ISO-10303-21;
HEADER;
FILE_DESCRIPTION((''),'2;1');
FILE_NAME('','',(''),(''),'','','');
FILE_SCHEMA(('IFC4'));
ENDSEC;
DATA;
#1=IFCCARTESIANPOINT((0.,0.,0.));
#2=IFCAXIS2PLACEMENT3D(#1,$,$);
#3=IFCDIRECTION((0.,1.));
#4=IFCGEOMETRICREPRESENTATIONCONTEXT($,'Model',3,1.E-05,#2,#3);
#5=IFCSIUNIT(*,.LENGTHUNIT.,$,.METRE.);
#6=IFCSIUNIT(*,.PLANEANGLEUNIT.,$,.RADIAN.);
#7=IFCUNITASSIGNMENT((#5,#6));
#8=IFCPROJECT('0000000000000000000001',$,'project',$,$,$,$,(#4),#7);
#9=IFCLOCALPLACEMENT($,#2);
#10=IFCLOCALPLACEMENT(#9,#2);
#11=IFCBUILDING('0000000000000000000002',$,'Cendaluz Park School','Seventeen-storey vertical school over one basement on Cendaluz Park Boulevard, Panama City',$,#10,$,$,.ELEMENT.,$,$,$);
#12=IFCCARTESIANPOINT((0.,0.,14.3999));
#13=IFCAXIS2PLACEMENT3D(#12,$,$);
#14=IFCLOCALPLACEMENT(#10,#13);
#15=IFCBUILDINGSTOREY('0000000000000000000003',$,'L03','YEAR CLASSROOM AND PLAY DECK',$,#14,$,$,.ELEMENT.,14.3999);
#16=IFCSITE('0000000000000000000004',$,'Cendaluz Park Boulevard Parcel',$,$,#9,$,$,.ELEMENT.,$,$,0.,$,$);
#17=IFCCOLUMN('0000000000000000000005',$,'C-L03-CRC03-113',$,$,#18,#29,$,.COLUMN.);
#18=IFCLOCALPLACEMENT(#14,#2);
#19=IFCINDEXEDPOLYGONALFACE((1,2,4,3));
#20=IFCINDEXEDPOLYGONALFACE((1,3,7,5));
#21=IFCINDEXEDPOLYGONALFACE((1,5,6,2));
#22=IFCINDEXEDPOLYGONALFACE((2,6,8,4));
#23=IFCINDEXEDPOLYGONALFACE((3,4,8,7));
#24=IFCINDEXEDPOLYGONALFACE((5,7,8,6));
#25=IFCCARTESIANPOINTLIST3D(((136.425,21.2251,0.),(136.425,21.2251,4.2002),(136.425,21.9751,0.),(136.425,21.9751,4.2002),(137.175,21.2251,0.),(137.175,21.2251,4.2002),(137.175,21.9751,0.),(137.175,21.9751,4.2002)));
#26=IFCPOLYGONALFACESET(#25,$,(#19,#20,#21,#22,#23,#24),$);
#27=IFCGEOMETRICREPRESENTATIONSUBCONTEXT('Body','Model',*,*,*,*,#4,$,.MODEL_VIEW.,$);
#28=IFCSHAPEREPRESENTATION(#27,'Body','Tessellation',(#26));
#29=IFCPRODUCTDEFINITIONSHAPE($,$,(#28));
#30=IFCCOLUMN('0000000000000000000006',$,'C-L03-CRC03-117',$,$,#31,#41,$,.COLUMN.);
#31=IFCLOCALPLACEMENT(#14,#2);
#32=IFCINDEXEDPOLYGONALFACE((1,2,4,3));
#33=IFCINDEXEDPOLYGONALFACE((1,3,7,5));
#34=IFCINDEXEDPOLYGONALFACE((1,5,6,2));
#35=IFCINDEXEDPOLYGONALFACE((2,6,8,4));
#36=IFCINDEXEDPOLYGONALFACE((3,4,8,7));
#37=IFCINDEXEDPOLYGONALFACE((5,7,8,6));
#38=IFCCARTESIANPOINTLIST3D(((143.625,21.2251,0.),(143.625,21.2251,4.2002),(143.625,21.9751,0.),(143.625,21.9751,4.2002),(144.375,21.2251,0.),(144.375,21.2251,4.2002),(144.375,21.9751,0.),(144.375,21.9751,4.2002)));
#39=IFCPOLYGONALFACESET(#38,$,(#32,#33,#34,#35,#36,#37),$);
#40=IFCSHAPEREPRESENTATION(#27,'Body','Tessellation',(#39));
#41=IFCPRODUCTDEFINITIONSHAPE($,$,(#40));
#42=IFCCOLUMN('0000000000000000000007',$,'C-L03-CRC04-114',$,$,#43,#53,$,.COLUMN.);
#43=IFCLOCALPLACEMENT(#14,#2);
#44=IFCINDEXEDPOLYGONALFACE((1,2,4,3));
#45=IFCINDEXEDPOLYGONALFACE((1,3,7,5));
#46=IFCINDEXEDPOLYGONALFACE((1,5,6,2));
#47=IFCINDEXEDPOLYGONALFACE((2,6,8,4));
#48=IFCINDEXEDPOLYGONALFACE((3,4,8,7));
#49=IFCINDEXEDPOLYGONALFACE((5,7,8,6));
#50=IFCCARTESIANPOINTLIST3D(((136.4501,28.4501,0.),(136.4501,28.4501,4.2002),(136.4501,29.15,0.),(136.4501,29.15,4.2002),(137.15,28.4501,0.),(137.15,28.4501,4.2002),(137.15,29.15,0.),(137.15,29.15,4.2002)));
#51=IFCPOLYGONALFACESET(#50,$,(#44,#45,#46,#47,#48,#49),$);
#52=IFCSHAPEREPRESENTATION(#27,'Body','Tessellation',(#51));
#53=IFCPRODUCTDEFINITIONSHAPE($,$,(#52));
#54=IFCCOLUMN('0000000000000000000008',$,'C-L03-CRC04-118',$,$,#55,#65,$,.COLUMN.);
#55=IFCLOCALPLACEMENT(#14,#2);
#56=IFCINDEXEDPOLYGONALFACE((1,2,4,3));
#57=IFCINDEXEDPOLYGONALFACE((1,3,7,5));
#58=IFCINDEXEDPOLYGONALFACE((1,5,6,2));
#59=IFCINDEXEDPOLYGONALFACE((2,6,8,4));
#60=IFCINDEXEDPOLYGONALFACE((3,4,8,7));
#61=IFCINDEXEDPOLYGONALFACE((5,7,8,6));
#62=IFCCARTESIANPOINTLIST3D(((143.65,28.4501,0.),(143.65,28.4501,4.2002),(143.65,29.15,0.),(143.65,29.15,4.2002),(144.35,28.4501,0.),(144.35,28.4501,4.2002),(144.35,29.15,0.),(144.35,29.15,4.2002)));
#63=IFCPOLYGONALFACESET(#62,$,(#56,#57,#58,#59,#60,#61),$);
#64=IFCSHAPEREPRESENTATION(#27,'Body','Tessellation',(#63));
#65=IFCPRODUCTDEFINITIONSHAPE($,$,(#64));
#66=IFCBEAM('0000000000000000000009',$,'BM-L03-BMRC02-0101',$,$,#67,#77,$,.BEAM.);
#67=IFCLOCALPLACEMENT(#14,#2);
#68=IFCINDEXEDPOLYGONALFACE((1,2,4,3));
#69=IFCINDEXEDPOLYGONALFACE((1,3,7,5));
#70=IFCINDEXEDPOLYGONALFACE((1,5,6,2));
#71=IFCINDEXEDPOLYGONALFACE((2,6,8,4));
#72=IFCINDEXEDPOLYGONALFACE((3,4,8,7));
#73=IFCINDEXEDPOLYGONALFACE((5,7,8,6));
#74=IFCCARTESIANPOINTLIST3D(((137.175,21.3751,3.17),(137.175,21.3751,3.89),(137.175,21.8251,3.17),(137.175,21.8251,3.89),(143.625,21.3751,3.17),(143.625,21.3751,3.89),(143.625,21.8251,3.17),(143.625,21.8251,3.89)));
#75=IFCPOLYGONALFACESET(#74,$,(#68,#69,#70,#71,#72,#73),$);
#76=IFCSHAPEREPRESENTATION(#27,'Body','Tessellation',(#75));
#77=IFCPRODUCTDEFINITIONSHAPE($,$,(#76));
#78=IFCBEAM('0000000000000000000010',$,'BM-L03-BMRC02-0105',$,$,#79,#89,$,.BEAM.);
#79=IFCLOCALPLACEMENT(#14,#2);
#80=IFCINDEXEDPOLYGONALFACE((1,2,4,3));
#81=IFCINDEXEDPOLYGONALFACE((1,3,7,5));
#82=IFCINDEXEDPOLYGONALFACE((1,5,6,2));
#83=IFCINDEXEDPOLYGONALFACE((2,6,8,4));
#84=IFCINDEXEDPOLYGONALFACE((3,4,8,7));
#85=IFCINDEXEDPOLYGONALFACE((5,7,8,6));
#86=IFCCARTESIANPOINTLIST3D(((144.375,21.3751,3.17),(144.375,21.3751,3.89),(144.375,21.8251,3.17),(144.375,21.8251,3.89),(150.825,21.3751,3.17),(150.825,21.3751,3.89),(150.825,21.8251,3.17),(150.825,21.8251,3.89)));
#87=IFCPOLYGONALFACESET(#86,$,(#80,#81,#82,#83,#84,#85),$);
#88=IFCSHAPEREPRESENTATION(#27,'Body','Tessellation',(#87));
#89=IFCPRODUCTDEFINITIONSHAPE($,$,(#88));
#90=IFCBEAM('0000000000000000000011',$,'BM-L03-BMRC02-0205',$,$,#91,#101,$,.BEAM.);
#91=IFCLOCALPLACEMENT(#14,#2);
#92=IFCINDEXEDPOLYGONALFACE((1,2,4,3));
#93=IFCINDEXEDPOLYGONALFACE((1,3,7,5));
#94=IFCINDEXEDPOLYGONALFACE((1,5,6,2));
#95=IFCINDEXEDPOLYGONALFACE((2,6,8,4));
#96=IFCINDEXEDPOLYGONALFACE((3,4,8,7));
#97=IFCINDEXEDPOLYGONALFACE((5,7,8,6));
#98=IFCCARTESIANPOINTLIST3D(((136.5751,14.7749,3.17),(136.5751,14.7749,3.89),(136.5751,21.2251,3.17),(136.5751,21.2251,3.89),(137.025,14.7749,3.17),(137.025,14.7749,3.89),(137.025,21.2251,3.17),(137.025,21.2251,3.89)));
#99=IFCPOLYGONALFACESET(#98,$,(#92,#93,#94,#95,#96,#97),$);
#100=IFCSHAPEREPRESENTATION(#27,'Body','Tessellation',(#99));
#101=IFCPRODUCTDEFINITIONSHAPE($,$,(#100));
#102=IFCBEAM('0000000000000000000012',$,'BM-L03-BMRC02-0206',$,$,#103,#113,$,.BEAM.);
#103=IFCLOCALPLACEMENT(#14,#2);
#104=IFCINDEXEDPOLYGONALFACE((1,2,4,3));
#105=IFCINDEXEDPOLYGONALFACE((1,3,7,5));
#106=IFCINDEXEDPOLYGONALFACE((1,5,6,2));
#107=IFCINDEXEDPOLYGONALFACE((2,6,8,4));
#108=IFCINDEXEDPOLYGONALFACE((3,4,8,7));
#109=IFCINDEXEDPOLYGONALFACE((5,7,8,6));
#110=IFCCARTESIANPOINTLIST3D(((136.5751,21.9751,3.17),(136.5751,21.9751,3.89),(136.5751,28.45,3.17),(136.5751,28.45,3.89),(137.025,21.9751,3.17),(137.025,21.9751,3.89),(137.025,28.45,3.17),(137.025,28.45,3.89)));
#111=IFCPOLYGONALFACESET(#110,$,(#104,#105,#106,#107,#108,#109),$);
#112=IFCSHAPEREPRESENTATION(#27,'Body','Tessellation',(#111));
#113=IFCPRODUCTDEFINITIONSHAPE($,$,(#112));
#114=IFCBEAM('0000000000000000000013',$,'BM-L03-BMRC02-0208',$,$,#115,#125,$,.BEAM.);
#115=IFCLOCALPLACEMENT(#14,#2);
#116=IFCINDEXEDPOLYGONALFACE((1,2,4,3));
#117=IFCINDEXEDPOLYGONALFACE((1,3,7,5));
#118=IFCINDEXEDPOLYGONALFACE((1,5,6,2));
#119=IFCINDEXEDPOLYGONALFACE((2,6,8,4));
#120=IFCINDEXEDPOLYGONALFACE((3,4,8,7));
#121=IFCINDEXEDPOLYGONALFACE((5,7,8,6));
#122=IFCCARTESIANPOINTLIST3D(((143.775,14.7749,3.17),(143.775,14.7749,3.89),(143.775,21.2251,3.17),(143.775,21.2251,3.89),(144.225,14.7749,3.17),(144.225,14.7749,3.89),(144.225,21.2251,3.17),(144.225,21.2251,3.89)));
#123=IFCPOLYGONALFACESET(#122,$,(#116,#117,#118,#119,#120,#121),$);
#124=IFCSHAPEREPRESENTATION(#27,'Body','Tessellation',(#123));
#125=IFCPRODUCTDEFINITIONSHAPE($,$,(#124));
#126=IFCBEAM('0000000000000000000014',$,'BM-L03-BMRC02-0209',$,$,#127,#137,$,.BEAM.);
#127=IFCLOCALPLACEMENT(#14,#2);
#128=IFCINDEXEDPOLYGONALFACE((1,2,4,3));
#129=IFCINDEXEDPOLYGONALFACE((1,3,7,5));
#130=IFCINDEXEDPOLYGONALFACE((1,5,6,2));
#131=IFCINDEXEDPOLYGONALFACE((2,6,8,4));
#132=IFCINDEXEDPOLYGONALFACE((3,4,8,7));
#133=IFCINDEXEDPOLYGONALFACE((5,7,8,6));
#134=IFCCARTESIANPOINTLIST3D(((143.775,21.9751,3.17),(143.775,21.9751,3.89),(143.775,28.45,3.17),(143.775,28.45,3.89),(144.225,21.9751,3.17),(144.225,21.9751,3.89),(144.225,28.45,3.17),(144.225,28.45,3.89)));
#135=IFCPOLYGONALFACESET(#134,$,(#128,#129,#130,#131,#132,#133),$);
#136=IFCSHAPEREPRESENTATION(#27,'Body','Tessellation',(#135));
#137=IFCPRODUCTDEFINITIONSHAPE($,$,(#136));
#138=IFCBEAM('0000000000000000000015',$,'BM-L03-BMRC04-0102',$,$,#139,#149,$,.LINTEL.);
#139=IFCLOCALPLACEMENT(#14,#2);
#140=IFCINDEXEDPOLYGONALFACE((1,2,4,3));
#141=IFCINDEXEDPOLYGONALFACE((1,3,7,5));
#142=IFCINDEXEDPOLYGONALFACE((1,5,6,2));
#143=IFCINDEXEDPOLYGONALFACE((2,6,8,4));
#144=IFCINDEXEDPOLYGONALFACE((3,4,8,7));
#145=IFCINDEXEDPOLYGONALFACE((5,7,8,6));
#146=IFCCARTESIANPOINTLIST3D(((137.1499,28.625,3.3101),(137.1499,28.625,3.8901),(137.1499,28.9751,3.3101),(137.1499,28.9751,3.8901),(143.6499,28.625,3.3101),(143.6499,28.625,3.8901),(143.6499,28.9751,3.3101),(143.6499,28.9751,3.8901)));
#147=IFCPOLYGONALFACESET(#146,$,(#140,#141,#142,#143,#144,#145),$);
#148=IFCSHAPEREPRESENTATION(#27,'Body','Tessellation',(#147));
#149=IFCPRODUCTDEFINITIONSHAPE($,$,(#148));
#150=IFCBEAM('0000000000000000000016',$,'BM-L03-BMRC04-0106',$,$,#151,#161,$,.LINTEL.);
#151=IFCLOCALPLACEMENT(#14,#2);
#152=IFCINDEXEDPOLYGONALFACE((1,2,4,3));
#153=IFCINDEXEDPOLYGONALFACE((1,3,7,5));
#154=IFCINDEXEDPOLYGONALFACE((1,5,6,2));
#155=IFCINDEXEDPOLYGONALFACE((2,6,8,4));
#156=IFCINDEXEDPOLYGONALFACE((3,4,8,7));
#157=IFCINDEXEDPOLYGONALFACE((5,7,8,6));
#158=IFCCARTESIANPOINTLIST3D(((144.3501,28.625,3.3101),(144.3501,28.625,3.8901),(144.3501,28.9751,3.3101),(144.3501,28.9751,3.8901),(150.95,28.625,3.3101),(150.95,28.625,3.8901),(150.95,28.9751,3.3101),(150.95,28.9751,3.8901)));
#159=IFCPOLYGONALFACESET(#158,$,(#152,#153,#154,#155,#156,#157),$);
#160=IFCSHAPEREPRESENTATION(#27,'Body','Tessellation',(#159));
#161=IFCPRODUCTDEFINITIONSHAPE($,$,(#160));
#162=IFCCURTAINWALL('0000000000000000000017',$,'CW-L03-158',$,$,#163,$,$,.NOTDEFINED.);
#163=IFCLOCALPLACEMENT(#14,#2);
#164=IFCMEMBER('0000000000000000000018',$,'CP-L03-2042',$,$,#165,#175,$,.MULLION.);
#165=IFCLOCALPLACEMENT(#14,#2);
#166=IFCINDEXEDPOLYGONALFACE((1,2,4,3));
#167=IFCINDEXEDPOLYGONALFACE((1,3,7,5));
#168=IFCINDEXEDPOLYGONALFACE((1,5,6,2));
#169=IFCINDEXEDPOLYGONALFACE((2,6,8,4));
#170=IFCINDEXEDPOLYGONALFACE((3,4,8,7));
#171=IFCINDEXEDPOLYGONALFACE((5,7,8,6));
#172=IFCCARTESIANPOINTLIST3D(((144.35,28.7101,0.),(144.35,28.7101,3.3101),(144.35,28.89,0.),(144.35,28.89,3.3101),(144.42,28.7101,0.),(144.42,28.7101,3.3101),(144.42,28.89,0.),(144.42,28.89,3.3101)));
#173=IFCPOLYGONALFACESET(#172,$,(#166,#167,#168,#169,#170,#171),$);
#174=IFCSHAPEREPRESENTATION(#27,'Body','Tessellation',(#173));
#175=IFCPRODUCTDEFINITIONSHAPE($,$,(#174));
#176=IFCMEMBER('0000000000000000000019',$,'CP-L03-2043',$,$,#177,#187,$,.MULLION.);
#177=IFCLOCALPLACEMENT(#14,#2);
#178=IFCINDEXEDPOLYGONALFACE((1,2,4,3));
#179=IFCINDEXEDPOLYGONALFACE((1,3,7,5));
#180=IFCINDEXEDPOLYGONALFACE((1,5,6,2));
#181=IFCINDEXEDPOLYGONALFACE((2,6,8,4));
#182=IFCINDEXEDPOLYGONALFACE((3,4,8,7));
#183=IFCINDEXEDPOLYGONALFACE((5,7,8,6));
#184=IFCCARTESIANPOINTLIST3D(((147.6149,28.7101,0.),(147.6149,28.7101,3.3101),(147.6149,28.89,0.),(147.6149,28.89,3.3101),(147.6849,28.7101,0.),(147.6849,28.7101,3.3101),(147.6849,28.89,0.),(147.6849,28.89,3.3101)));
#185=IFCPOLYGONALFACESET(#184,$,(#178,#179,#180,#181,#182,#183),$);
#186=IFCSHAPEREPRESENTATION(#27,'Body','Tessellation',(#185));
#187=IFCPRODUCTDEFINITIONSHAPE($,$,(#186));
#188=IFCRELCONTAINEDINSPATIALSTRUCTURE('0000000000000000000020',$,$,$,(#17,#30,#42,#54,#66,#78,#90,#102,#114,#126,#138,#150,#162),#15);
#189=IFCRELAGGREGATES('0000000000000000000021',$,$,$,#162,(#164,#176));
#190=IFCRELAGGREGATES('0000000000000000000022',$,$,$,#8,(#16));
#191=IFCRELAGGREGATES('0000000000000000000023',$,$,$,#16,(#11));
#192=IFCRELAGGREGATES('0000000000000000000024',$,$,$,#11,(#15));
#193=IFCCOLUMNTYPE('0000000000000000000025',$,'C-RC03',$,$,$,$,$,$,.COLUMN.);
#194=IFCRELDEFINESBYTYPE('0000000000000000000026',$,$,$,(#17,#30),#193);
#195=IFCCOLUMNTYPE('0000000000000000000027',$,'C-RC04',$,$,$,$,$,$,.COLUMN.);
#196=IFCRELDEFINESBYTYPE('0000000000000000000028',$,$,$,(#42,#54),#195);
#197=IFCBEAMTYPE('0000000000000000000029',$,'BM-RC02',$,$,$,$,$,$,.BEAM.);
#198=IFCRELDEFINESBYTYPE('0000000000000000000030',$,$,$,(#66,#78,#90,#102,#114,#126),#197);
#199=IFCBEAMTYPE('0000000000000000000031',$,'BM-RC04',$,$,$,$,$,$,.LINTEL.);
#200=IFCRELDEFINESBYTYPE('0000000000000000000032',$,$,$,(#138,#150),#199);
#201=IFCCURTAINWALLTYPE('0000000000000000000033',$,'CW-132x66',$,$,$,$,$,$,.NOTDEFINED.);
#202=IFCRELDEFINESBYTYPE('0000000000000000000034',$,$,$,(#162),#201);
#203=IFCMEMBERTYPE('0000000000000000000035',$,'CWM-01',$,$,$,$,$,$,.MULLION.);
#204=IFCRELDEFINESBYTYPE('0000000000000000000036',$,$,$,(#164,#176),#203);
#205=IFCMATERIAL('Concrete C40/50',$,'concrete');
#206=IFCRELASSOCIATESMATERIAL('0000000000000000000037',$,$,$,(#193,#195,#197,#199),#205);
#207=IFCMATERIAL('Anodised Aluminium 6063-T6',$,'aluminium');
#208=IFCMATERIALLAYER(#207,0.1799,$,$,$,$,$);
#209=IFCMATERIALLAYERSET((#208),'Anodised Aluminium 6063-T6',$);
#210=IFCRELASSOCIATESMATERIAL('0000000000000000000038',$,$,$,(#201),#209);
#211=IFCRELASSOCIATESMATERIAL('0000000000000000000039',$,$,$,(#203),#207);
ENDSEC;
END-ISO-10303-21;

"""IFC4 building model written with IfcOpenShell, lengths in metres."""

from ifc_helpers import new_model, si_unit, direction, frame, origin, origin_2d, place, context, subcontext, project, spatial, rectangle, extrude, material, layer, layer_set, material_profile, profile_set, type_object, element, aggregate, save


model = new_model("IFC4")

# Units and contexts
model_context = context("Model", 3, precision=1e-05, world=origin(), true_north=direction((0.0, 1.0)))
body_context = subcontext(model_context, "Body", "Model", "MODEL_VIEW")
ifc_project = project(units=[si_unit("LENGTHUNIT", "METRE"), si_unit("PLANEANGLEUNIT", "RADIAN")], contexts=[model_context])

# Site, building, storey
site_placement = place(None, origin())
site = spatial("IfcSite", under=ifc_project, at=site_placement, Name="Cendaluz Park Boulevard Parcel", CompositionType="ELEMENT", RefElevation=0.0)
building_placement = place(site_placement, origin())
building = spatial("IfcBuilding", under=site, at=building_placement, Name="Cendaluz Park School", Description="Seventeen-storey vertical school over one basement on Cendaluz Park Boulevard, Panama City", CompositionType="ELEMENT")
storey_placement = place(building_placement, frame((0.0, 0.0, 14.3999)))
storey = spatial("IfcBuildingStorey", under=building, at=storey_placement, Name="L03", Description="YEAR CLASSROOM AND PLAY DECK", CompositionType="ELEMENT", Elevation=14.3999)

# Columns
ifc_material_1 = material(Name="Concrete C40/50", Category="concrete")
ifc_material_profile_1 = material_profile(ifc_material_1, rectangle(XDim=0.75, YDim=0.75, at=origin_2d()), Name="RC 750x750", Category="concrete")
ifc_profile_set_1 = profile_set([ifc_material_profile_1], Name="Concrete C40/50")
column_type_1 = type_object("IfcColumnType", Name="C-RC03", PredefinedType="COLUMN", material=ifc_profile_set_1)
for number, where, z_axis, x_axis, name in (
    (1, (136.8, 21.6001, 0.0), (0.0, 0.0, 1.0), (1.0, 0.0, 0.0), "C-L03-CRC03-113"),
    (2, (144.0, 21.6001, 0.0), (0.0, 0.0, 1.0), (1.0, 0.0, 0.0), "C-L03-CRC03-117"),
):
    element("IfcColumn", number, at=place(storey_placement, frame(where, z_axis=z_axis, x_axis=x_axis)), inside=storey, type_object=column_type_1, Name=name, PredefinedType="COLUMN", context=body_context, shape_type="SweptSolid", body=[
        extrude(rectangle(XDim=0.75, YDim=0.75, at=origin_2d()), origin(), (0.0, 0.0, 1.0), 4.2002),
    ])
ifc_material_profile_2 = material_profile(ifc_material_1, rectangle(XDim=0.7, YDim=0.7, at=origin_2d()), Name="RC 700x700", Category="concrete")
ifc_profile_set_2 = profile_set([ifc_material_profile_2], Name="Concrete C40/50")
column_type_2 = type_object("IfcColumnType", Name="C-RC04", PredefinedType="COLUMN", material=ifc_profile_set_2)
for number, where, z_axis, x_axis, name in (
    (3, (136.8, 28.8, 0.0), (0.0, 0.0, 1.0), (1.0, 0.0, 0.0), "C-L03-CRC04-114"),
    (4, (144.0, 28.8, 0.0), (0.0, 0.0, 1.0), (1.0, 0.0, 0.0), "C-L03-CRC04-118"),
):
    element("IfcColumn", number, at=place(storey_placement, frame(where, z_axis=z_axis, x_axis=x_axis)), inside=storey, type_object=column_type_2, Name=name, PredefinedType="COLUMN", context=body_context, shape_type="SweptSolid", body=[
        extrude(rectangle(XDim=0.7, YDim=0.7, at=origin_2d()), origin(), (0.0, 0.0, 1.0), 4.2002),
    ])

# Beams
ifc_material_profile_3 = material_profile(ifc_material_1, rectangle(XDim=0.45, YDim=0.72, at=origin_2d()), Name="RC 450x720", Category="concrete")
ifc_profile_set_3 = profile_set([ifc_material_profile_3], Name="Concrete C40/50")
beam_type_1 = type_object("IfcBeamType", Name="BM-RC02", PredefinedType="BEAM", material=ifc_profile_set_3)
for number, where, z_axis, x_axis, name in (
    (5, (137.175, 21.6001, 3.53), (1.0, 0.0, 0.0), (0.0, 1.0, 0.0), "BM-L03-BMRC02-0101"),
    (6, (144.375, 21.6001, 3.53), (1.0, 0.0, 0.0), (0.0, 1.0, 0.0), "BM-L03-BMRC02-0105"),
):
    element("IfcBeam", number, at=place(storey_placement, frame(where, z_axis=z_axis, x_axis=x_axis)), inside=storey, type_object=beam_type_1, Name=name, PredefinedType="BEAM", context=body_context, shape_type="SweptSolid", body=[
        extrude(rectangle(XDim=0.45, YDim=0.72, at=origin_2d()), origin(), (0.0, 0.0, 1.0), 6.45),
    ])
beam_1_placement = place(storey_placement, frame((136.8, 14.7749, 3.53), z_axis=(0.0, 1.0, 0.0), x_axis=(-1.0, 0.0, 0.0)))
element("IfcBeam", 7, at=beam_1_placement, inside=storey, type_object=beam_type_1, Name="BM-L03-BMRC02-0205", PredefinedType="BEAM", context=body_context, shape_type="SweptSolid", body=[
    extrude(rectangle(XDim=0.45, YDim=0.72, at=origin_2d()), origin(), (0.0, 0.0, 1.0), 6.4502),
])
beam_2_placement = place(storey_placement, frame((136.8, 21.9751, 3.53), z_axis=(0.0, 1.0, 0.0), x_axis=(-1.0, 0.0, 0.0)))
element("IfcBeam", 8, at=beam_2_placement, inside=storey, type_object=beam_type_1, Name="BM-L03-BMRC02-0206", PredefinedType="BEAM", context=body_context, shape_type="SweptSolid", body=[
    extrude(rectangle(XDim=0.45, YDim=0.72, at=origin_2d()), origin(), (0.0, 0.0, 1.0), 6.4749),
])
beam_3_placement = place(storey_placement, frame((144.0, 14.7749, 3.53), z_axis=(0.0, 1.0, 0.0), x_axis=(-1.0, 0.0, 0.0)))
element("IfcBeam", 9, at=beam_3_placement, inside=storey, type_object=beam_type_1, Name="BM-L03-BMRC02-0208", PredefinedType="BEAM", context=body_context, shape_type="SweptSolid", body=[
    extrude(rectangle(XDim=0.45, YDim=0.72, at=origin_2d()), origin(), (0.0, 0.0, 1.0), 6.4502),
])
beam_4_placement = place(storey_placement, frame((144.0, 21.9751, 3.53), z_axis=(0.0, 1.0, 0.0), x_axis=(-1.0, 0.0, 0.0)))
element("IfcBeam", 10, at=beam_4_placement, inside=storey, type_object=beam_type_1, Name="BM-L03-BMRC02-0209", PredefinedType="BEAM", context=body_context, shape_type="SweptSolid", body=[
    extrude(rectangle(XDim=0.45, YDim=0.72, at=origin_2d()), origin(), (0.0, 0.0, 1.0), 6.4749),
])
ifc_material_profile_4 = material_profile(ifc_material_1, rectangle(XDim=0.3501, YDim=0.5801, at=origin_2d()), Name="RC 350x580", Category="concrete")
ifc_profile_set_4 = profile_set([ifc_material_profile_4], Name="Concrete C40/50")
beam_type_2 = type_object("IfcBeamType", Name="BM-RC04", PredefinedType="LINTEL", material=ifc_profile_set_4)
beam_5_placement = place(storey_placement, frame((137.1499, 28.8, 3.6001), z_axis=(1.0, 0.0, 0.0), x_axis=(0.0, 1.0, 0.0)))
element("IfcBeam", 11, at=beam_5_placement, inside=storey, type_object=beam_type_2, Name="BM-L03-BMRC04-0102", PredefinedType="LINTEL", context=body_context, shape_type="SweptSolid", body=[
    extrude(rectangle(XDim=0.3501, YDim=0.5801, at=origin_2d()), origin(), (0.0, 0.0, 1.0), 6.5),
])
beam_6_placement = place(storey_placement, frame((144.3501, 28.8, 3.6001), z_axis=(1.0, 0.0, 0.0), x_axis=(0.0, 1.0, 0.0)))
element("IfcBeam", 12, at=beam_6_placement, inside=storey, type_object=beam_type_2, Name="BM-L03-BMRC04-0106", PredefinedType="LINTEL", context=body_context, shape_type="SweptSolid", body=[
    extrude(rectangle(XDim=0.3501, YDim=0.5801, at=origin_2d()), origin(), (0.0, 0.0, 1.0), 6.5999),
])

# Curtain wall, members
ifc_material_2 = material(Name="Anodised Aluminium 6063-T6", Category="aluminium")
ifc_layer_1 = layer(ifc_material_2, 0.1799)
ifc_layer_set_1 = layer_set([ifc_layer_1], Name="Anodised Aluminium 6063-T6")
curtain_wall_type = type_object("IfcCurtainWallType", Name="CW-132x66", PredefinedType="NOTDEFINED", material=ifc_layer_set_1)
curtain_wall_placement = place(storey_placement, origin())
curtain_wall = element("IfcCurtainWall", 13, at=curtain_wall_placement, inside=storey, type_object=curtain_wall_type, Name="CW-L03-158", PredefinedType="NOTDEFINED")
ifc_material_profile_5 = material_profile(ifc_material_2, rectangle(XDim=0.1799, YDim=0.0701, at=origin_2d()), Name="CWM 180x70", Category="aluminium")
ifc_profile_set_5 = profile_set([ifc_material_profile_5], Name="Anodised Aluminium 6063-T6")
member_type_1 = type_object("IfcMemberType", Name="CWM-01", PredefinedType="MULLION", material=ifc_profile_set_5)
member_1_placement = place(storey_placement, frame((144.385, 28.8, 0.0), z_axis=(0.0, 0.0, 1.0), x_axis=(0.0, 1.0, 0.0)))
member_1 = element("IfcMember", 14, at=member_1_placement, type_object=member_type_1, Name="CP-L03-2042", PredefinedType="MULLION", context=body_context, shape_type="SweptSolid", body=[
    extrude(rectangle(XDim=0.1799, YDim=0.0701, at=origin_2d()), origin(), (0.0, 0.0, 1.0), 3.3101),
])
member_2_placement = place(storey_placement, frame((147.6499, 28.8, 0.0), z_axis=(0.0, 0.0, 1.0), x_axis=(0.0, 1.0, 0.0)))
member_2 = element("IfcMember", 15, at=member_2_placement, type_object=member_type_1, Name="CP-L03-2043", PredefinedType="MULLION", context=body_context, shape_type="SweptSolid", body=[
    extrude(rectangle(XDim=0.1799, YDim=0.0701, at=origin_2d()), origin(), (0.0, 0.0, 1.0), 3.3101),
])

aggregate(curtain_wall, [member_1, member_2])

save(model, "model.ifc")
